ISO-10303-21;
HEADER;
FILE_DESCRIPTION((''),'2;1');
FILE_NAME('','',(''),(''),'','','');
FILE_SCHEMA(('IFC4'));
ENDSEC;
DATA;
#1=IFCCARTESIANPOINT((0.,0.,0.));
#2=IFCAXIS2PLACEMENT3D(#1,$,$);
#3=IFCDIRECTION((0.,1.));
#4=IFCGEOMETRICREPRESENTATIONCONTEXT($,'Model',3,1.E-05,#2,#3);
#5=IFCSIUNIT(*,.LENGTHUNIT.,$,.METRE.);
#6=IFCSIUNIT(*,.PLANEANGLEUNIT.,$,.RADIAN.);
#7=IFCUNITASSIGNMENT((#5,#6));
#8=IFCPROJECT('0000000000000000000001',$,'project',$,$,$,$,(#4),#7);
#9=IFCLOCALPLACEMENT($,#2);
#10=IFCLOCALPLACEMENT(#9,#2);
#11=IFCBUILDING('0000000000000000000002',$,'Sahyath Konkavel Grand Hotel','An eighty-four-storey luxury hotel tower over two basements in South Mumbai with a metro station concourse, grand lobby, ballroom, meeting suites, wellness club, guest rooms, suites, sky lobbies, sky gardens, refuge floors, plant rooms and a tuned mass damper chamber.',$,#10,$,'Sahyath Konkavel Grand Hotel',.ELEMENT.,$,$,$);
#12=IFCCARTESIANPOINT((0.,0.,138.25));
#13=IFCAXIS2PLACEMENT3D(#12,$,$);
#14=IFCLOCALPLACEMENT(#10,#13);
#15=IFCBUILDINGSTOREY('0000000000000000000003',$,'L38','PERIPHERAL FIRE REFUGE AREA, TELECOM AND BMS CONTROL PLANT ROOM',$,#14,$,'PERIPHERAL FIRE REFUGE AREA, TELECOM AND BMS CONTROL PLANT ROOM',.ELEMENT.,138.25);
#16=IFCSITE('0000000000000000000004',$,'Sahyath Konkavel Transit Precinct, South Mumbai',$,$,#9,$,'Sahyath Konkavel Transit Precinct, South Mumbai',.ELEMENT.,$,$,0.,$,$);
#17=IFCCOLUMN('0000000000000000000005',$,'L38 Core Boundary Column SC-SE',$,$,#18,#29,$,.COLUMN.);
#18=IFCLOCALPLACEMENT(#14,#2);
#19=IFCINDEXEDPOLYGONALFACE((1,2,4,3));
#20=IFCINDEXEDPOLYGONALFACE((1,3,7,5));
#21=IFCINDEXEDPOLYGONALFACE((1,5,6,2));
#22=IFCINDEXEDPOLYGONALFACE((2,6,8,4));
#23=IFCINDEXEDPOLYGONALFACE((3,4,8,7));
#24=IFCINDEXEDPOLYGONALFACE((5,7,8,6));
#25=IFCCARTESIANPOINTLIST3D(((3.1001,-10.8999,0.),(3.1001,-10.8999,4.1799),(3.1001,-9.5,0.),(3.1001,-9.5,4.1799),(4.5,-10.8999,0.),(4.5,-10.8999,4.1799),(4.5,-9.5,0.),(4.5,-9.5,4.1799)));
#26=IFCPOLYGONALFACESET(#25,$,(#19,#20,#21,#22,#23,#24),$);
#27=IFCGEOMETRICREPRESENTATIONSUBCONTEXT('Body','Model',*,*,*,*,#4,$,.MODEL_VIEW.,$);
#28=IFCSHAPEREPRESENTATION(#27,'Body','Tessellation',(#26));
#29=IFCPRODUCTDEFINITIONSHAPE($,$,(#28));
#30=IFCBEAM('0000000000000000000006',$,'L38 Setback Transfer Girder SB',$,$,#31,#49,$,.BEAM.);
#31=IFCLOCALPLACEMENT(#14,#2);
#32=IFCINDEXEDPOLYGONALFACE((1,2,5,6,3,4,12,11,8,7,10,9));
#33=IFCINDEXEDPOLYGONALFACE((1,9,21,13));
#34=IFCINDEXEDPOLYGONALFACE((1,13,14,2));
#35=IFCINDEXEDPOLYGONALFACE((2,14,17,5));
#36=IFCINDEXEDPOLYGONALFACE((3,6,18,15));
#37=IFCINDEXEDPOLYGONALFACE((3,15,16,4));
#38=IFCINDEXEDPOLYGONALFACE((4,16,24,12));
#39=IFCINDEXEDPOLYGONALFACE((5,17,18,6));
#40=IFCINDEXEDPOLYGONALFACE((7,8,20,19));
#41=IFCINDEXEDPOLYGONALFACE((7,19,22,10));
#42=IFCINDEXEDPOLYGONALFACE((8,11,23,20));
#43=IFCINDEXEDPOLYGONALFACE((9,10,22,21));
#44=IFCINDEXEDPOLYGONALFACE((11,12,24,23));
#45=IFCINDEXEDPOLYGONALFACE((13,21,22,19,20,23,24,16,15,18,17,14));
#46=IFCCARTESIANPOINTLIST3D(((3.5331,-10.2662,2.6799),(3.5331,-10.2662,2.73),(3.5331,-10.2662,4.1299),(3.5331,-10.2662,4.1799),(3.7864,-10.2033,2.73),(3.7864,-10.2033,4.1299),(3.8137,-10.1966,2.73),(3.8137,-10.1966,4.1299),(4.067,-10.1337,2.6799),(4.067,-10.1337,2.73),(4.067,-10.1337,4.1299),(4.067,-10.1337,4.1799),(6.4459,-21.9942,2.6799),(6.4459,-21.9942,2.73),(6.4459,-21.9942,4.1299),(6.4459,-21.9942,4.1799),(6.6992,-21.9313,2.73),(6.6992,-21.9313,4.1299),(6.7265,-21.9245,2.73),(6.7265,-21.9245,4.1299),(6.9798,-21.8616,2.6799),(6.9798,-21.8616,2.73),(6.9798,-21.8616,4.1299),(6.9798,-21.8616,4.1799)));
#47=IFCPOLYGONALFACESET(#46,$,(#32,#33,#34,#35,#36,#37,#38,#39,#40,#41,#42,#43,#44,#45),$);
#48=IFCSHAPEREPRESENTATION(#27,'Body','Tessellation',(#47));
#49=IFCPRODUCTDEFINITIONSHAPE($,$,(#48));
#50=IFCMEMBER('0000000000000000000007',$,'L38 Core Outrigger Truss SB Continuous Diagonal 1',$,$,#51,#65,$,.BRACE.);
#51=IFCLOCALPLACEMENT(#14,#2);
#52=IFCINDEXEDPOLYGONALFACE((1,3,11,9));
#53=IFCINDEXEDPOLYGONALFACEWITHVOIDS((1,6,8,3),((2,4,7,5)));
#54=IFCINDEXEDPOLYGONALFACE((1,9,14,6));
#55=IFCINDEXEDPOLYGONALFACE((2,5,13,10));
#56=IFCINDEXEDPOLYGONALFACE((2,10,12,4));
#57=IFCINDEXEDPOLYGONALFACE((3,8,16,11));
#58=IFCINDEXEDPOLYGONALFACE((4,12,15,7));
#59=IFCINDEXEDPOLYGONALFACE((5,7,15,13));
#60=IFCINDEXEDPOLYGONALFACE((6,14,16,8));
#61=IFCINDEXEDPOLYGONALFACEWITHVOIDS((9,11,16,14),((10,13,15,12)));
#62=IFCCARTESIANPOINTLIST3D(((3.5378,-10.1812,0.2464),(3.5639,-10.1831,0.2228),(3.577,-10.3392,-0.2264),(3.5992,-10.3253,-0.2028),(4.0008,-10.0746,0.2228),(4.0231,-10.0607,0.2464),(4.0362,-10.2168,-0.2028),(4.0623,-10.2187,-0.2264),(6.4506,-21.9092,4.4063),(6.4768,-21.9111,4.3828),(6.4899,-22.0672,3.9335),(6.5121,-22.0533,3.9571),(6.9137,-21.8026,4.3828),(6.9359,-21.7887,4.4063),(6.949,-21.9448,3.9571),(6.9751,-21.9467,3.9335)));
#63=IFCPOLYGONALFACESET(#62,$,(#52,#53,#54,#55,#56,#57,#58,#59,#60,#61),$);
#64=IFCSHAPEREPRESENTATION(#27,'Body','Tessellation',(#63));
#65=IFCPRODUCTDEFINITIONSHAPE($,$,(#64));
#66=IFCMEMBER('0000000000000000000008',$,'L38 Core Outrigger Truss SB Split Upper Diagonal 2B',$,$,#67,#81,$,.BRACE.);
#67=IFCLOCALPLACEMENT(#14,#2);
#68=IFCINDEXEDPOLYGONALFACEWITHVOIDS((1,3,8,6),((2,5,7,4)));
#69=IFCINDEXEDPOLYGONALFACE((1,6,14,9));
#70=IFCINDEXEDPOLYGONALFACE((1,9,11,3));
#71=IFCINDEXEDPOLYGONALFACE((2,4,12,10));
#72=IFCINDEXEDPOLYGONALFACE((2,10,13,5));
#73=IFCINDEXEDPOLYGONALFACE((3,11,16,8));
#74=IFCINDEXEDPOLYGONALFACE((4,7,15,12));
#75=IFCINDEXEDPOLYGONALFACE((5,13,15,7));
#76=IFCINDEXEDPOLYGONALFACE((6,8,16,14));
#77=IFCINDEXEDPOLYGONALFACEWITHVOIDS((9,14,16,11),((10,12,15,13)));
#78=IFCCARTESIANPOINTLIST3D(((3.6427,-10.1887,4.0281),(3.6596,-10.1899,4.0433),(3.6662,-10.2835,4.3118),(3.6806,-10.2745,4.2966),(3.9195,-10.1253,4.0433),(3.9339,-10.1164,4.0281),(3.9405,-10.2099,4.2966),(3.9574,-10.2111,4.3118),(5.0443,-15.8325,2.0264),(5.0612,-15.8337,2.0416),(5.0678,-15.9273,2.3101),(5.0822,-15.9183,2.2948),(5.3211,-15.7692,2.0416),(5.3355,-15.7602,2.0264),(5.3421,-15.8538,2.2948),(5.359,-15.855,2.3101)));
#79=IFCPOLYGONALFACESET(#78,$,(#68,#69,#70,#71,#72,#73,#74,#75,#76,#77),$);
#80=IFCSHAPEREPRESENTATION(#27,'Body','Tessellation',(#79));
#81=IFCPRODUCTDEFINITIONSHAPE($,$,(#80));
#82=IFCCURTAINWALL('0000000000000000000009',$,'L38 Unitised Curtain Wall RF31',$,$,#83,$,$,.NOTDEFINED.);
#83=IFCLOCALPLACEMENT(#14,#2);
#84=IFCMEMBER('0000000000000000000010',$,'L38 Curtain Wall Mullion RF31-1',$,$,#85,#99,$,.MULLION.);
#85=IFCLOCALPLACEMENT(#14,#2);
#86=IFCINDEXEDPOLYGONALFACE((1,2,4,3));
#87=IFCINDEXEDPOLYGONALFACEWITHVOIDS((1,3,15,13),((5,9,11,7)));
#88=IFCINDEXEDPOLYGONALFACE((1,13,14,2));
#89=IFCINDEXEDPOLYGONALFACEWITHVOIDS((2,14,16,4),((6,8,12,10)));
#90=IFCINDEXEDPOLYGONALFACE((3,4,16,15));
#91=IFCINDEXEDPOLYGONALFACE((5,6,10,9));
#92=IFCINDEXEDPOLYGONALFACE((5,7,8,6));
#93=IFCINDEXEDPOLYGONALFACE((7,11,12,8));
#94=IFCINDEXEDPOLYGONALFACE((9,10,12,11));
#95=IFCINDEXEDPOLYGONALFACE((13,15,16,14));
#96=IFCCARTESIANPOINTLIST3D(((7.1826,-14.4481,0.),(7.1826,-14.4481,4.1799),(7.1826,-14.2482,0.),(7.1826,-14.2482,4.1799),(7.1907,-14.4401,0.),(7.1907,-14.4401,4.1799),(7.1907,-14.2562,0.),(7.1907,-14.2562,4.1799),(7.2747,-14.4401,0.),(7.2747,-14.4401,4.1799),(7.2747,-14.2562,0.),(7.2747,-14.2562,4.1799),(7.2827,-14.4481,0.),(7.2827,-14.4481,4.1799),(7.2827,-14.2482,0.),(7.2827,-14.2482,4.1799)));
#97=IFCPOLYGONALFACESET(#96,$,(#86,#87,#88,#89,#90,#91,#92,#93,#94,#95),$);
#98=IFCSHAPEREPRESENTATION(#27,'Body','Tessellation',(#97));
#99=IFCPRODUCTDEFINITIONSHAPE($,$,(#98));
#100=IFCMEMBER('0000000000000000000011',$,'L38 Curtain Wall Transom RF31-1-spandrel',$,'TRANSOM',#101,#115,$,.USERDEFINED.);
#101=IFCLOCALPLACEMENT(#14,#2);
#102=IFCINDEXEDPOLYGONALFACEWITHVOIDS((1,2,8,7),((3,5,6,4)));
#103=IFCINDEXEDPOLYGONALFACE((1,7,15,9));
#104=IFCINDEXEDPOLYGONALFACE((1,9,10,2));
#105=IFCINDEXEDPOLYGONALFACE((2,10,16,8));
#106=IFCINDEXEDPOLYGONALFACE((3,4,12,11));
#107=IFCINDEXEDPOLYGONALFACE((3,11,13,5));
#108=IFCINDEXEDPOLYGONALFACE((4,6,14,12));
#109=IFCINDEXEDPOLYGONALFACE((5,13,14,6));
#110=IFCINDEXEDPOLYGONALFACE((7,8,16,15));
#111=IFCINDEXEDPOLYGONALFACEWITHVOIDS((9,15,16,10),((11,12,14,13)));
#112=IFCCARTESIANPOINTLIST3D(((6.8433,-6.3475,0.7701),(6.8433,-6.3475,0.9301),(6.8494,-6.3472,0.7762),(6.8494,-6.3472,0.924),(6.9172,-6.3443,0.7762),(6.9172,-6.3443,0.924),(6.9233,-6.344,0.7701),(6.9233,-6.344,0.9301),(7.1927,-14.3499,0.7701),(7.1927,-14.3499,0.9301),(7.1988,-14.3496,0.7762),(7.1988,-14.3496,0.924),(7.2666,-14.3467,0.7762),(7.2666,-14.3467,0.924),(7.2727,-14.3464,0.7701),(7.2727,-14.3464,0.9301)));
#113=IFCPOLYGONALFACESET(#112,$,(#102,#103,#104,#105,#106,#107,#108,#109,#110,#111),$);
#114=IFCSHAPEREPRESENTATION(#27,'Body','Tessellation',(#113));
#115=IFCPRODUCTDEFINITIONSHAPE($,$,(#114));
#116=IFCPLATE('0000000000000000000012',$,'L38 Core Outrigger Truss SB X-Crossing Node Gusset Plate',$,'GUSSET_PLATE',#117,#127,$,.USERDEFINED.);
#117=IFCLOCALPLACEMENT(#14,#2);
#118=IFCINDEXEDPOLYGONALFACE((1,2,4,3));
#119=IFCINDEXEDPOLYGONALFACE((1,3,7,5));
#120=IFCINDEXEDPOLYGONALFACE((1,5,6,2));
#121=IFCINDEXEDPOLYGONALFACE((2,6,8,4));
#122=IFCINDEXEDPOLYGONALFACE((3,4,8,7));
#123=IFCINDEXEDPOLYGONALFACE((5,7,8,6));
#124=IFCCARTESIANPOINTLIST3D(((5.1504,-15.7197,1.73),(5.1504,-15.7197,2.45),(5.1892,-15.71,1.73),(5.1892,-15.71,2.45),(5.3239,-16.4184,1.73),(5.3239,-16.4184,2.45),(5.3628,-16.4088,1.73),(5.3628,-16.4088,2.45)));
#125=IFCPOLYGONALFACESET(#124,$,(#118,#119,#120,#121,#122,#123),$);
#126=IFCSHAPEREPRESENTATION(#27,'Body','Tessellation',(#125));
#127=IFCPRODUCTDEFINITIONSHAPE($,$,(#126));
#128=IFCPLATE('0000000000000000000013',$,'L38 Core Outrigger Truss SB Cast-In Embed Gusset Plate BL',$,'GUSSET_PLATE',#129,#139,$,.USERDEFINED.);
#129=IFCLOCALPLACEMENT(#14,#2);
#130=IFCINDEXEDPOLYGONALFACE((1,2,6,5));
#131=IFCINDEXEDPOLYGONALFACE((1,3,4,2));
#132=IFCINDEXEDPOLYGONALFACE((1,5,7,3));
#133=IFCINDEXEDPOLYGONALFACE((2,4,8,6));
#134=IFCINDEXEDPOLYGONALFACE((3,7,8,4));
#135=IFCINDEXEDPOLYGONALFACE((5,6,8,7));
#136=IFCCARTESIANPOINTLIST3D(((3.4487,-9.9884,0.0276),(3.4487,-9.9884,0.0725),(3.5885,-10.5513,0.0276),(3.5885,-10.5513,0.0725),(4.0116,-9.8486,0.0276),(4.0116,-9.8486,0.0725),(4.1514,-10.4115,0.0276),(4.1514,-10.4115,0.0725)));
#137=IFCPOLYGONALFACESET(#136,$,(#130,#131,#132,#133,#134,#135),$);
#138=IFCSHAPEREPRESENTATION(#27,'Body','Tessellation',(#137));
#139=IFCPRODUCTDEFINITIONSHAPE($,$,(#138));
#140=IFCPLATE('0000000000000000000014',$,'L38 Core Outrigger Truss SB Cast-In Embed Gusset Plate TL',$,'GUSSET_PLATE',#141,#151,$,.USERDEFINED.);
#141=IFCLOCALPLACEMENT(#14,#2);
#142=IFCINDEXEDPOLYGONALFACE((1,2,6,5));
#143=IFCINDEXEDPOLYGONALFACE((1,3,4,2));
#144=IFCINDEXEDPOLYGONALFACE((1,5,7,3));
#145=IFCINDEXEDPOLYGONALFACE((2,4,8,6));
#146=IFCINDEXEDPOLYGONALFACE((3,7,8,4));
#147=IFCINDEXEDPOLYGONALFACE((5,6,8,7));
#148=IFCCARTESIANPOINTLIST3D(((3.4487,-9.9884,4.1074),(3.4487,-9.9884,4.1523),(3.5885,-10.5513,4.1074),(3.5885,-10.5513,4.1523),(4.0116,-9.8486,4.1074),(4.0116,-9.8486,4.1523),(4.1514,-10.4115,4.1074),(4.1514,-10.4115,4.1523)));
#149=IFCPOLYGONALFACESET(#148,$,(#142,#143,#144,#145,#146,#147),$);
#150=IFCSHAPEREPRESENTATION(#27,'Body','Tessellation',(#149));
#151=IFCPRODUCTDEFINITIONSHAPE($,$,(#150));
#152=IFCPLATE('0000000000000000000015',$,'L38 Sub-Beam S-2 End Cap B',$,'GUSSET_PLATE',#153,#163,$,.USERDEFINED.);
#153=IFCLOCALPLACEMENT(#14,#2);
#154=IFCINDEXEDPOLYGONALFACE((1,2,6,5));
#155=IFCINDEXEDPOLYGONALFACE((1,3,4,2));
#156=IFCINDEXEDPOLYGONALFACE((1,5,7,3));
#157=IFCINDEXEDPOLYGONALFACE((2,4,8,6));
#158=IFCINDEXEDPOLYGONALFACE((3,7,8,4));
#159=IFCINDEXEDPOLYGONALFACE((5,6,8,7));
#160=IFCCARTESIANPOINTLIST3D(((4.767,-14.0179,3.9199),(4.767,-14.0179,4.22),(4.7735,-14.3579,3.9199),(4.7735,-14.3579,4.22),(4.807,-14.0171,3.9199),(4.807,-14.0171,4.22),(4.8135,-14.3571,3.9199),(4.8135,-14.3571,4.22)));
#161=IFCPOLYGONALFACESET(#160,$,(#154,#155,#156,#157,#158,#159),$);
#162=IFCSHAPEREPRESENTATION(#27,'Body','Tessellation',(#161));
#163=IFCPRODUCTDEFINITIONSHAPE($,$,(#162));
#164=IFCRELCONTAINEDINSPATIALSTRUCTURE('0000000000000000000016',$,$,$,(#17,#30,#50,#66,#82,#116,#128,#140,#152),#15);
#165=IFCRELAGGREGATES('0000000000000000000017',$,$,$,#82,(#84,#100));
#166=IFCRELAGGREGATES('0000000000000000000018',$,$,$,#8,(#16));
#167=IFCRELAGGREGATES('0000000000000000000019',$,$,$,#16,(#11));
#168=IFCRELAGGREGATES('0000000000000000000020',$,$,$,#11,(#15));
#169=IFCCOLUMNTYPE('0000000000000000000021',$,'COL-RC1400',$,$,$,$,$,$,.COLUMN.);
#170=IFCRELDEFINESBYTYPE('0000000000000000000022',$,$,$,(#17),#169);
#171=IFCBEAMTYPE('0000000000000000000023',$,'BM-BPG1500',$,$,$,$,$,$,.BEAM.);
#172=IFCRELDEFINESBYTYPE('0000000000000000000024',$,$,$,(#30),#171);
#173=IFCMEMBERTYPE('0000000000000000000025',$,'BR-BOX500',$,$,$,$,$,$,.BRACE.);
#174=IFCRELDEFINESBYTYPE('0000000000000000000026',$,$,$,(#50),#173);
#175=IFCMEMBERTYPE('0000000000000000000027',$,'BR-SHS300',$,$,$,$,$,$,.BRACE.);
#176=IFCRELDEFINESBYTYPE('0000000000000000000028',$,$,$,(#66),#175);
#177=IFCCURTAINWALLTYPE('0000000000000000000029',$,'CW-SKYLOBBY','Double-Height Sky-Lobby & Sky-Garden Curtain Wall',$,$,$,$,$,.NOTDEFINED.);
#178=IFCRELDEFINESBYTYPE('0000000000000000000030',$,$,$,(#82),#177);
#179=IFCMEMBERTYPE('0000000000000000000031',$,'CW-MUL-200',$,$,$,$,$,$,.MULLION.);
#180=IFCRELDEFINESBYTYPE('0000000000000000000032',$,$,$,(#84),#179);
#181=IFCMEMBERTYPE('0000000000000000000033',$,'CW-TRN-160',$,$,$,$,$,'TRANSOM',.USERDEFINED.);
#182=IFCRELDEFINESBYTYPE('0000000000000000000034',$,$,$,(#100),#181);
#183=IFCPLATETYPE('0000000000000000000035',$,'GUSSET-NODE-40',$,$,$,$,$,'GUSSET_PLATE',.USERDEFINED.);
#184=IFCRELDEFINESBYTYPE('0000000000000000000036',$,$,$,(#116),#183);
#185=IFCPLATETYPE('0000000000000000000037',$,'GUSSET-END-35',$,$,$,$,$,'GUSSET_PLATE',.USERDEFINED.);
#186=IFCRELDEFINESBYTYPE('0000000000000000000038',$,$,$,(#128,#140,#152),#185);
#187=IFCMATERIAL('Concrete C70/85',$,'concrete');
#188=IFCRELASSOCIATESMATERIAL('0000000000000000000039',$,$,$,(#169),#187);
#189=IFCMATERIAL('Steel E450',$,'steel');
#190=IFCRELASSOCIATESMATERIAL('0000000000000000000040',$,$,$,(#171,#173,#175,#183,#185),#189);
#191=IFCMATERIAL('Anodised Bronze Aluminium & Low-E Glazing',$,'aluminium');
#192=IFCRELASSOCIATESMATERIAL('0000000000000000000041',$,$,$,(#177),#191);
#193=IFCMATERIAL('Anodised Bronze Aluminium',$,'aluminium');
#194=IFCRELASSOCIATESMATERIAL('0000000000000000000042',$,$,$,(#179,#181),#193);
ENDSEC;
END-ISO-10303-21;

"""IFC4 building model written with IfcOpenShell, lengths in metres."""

from ifc_helpers import new_model, si_unit, direction, frame, origin, origin_2d, place, context, subcontext, project, spatial, rectangle, hollow_rectangle, i_section, extrude, source, transform, mapped, material, material_profile, profile_set, type_object, element, aggregate, save


model = new_model("IFC4")

# Units and contexts
model_context = context("Model", 3, precision=1e-05, world=origin(), true_north=direction((0.0, 1.0)))
body_context = subcontext(model_context, "Body", "Model", "MODEL_VIEW")
ifc_project = project(units=[si_unit("LENGTHUNIT", "METRE"), si_unit("PLANEANGLEUNIT", "RADIAN")], contexts=[model_context])

# Site, building, storey
site_placement = place(None, origin())
site = spatial("IfcSite", under=ifc_project, at=site_placement, Name="Sahyath Konkavel Transit Precinct, South Mumbai", LongName="Sahyath Konkavel Transit Precinct, South Mumbai", CompositionType="ELEMENT", RefElevation=0.0)
building_placement = place(site_placement, origin())
building = spatial("IfcBuilding", under=site, at=building_placement, Name="Sahyath Konkavel Grand Hotel", Description="An eighty-four-storey luxury hotel tower over two basements in South Mumbai with a metro station concourse, grand lobby, ballroom, meeting suites, wellness club, guest rooms, suites, sky lobbies, sky gardens, refuge floors, plant rooms and a tuned mass damper chamber.", LongName="Sahyath Konkavel Grand Hotel", CompositionType="ELEMENT")
storey_placement = place(building_placement, frame((0.0, 0.0, 138.25)))
storey = spatial("IfcBuildingStorey", under=building, at=storey_placement, Name="L38", Description="PERIPHERAL FIRE REFUGE AREA, TELECOM AND BMS CONTROL PLANT ROOM", LongName="PERIPHERAL FIRE REFUGE AREA, TELECOM AND BMS CONTROL PLANT ROOM", CompositionType="ELEMENT", Elevation=138.25)

# Column
ifc_material_1 = material(Name="Concrete C70/85", Category="concrete")
ifc_material_profile_1 = material_profile(ifc_material_1, rectangle(XDim=1.3999, YDim=1.3999, at=origin_2d()), Name="RC 1400x1400")
ifc_profile_set_1 = profile_set([ifc_material_profile_1], Name="Concrete C70/85")
column_type = type_object("IfcColumnType", Name="COL-RC1400", PredefinedType="COLUMN", material=ifc_profile_set_1)
shared_shape_1 = source(origin(), body_context, "Body", "SweptSolid", [
    extrude(rectangle(XDim=1.3999, YDim=1.3999, at=origin_2d()), origin(), (0.0, 0.0, 1.0), 4.1799),
])
column_placement = place(storey_placement, frame((3.8, -10.2, 0.0), z_axis=(0.0, 0.0, 1.0), x_axis=(1.0, 0.0, 0.0)))
element("IfcColumn", 1, at=column_placement, inside=storey, type_object=column_type, Name="L38 Core Boundary Column SC-SE", PredefinedType="COLUMN", context=body_context, shape_type="MappedRepresentation", body=[
    mapped(shared_shape_1, transform((0.0, 0.0, 0.0), scale=1.0)),
])

# Beam
ifc_material_2 = material(Name="Steel E450", Category="steel")
ifc_material_profile_2 = material_profile(ifc_material_2, i_section(OverallWidth=0.55, OverallDepth=1.5, WebThickness=0.0281, FlangeThickness=0.05, at=origin_2d()), Name="BPG 1500x550")
ifc_profile_set_2 = profile_set([ifc_material_profile_2], Name="Steel E450")
beam_type = type_object("IfcBeamType", Name="BM-BPG1500", PredefinedType="BEAM", material=ifc_profile_set_2)
shared_shape_2 = source(origin(), body_context, "Body", "SweptSolid", [
    extrude(i_section(OverallWidth=0.55, OverallDepth=1.5, WebThickness=0.0281, FlangeThickness=0.05, at=origin_2d()), origin(), (0.0, 0.0, 1.0), 12.0842),
])
beam_placement = place(storey_placement, frame((3.8, -10.2, 3.4299), z_axis=(0.241043, -0.970515, 0.0), x_axis=(0.970515, 0.241043, 0.0)))
element("IfcBeam", 2, at=beam_placement, inside=storey, type_object=beam_type, Name="L38 Setback Transfer Girder SB", PredefinedType="BEAM", context=body_context, shape_type="MappedRepresentation", body=[
    mapped(shared_shape_2, transform((0.0, 0.0, 0.0), scale=1.0)),
])

# Members
ifc_material_profile_3 = material_profile(ifc_material_2, hollow_rectangle(XDim=0.5, YDim=0.5, WallThickness=0.0249, at=origin_2d()), Name="BOX 500x500x25")
ifc_profile_set_3 = profile_set([ifc_material_profile_3], Name="Steel E450")
member_type_1 = type_object("IfcMemberType", Name="BR-BOX500", PredefinedType="BRACE", material=ifc_profile_set_3)
shared_shape_3 = source(origin(), body_context, "Body", "SweptSolid", [
    extrude(hollow_rectangle(XDim=0.5, YDim=0.5, WallThickness=0.0249, at=origin_2d()), origin(), (0.0, 0.0, 1.0), 12.7803),
])
member_1_placement = place(storey_placement, frame((3.8, -10.2, 0.01), z_axis=(0.227916, -0.917664, 0.325494), x_axis=(0.970515, 0.241043, 0.0)))
element("IfcMember", 3, at=member_1_placement, inside=storey, type_object=member_type_1, Name="L38 Core Outrigger Truss SB Continuous Diagonal 1", PredefinedType="BRACE", context=body_context, shape_type="MappedRepresentation", body=[
    mapped(shared_shape_3, transform((0.0, 0.0, 0.0), scale=1.0)),
])
ifc_material_profile_4 = material_profile(ifc_material_2, hollow_rectangle(XDim=0.3, YDim=0.3, WallThickness=0.0161, at=origin_2d()), Name="SHS 300x300x16")
ifc_profile_set_4 = profile_set([ifc_material_profile_4], Name="Steel E450")
member_type_2 = type_object("IfcMemberType", Name="BR-SHS300", PredefinedType="BRACE", material=ifc_profile_set_4)
shared_shape_4 = source(origin(), body_context, "Body", "SweptSolid", [
    extrude(hollow_rectangle(XDim=0.3, YDim=0.3, WallThickness=0.0161, at=origin_2d()), origin(), (0.0, 0.0, 1.0), 6.1501),
])
member_2_placement = place(storey_placement, frame((5.2017, -15.8438, 2.1682), z_axis=(-0.2279, 0.917675, 0.325475), x_axis=(-0.970519, -0.241024, 0.0)))
element("IfcMember", 4, at=member_2_placement, inside=storey, type_object=member_type_2, Name="L38 Core Outrigger Truss SB Split Upper Diagonal 2B", PredefinedType="BRACE", context=body_context, shape_type="MappedRepresentation", body=[
    mapped(shared_shape_4, transform((0.0, 0.0, 0.0), scale=1.0)),
])

# Curtain wall, members
ifc_material_3 = material(Name="Anodised Bronze Aluminium & Low-E Glazing", Category="aluminium")
curtain_wall_type = type_object("IfcCurtainWallType", Name="CW-SKYLOBBY", Description="Double-Height Sky-Lobby & Sky-Garden Curtain Wall", PredefinedType="NOTDEFINED", material=ifc_material_3)
curtain_wall_placement = place(storey_placement, origin())
curtain_wall = element("IfcCurtainWall", 5, at=curtain_wall_placement, inside=storey, type_object=curtain_wall_type, Name="L38 Unitised Curtain Wall RF31", PredefinedType="NOTDEFINED")
ifc_material_4 = material(Name="Anodised Bronze Aluminium", Category="aluminium")
ifc_material_profile_5 = material_profile(ifc_material_4, hollow_rectangle(XDim=0.1001, YDim=0.2, WallThickness=0.0081, at=origin_2d()), Name="RHS 200x100x8")
ifc_profile_set_5 = profile_set([ifc_material_profile_5], Name="Anodised Bronze Aluminium")
member_type_3 = type_object("IfcMemberType", Name="CW-MUL-200", PredefinedType="MULLION", material=ifc_profile_set_5)
shared_shape_5 = source(origin(), body_context, "Body", "SweptSolid", [
    extrude(hollow_rectangle(XDim=0.1001, YDim=0.2, WallThickness=0.0081, at=origin_2d()), origin(), (0.0, 0.0, 1.0), 4.1799),
])
member_3_placement = place(storey_placement, frame((7.2327, -14.3481, 0.0), z_axis=(0.0, 0.0, 1.0), x_axis=(1.0, 0.0, 0.0)))
member_3 = element("IfcMember", 6, at=member_3_placement, type_object=member_type_3, Name="L38 Curtain Wall Mullion RF31-1", PredefinedType="MULLION", context=body_context, shape_type="MappedRepresentation", body=[
    mapped(shared_shape_5, transform((0.0, 0.0, 0.0), scale=1.0)),
])
ifc_material_profile_6 = material_profile(ifc_material_4, hollow_rectangle(XDim=0.0801, YDim=0.1599, WallThickness=0.0061, at=origin_2d()), Name="RHS 160x80x6")
ifc_profile_set_6 = profile_set([ifc_material_profile_6], Name="Anodised Bronze Aluminium")
member_type_4 = type_object("IfcMemberType", Name="CW-TRN-160", ElementType="TRANSOM", PredefinedType="USERDEFINED", material=ifc_profile_set_6)
shared_shape_6 = source(origin(), body_context, "Body", "SweptSolid", [
    extrude(hollow_rectangle(XDim=0.0801, YDim=0.1599, WallThickness=0.0061, at=origin_2d()), origin(), (0.0, 0.0, 1.0), 8.01),
])
member_4_placement = place(storey_placement, frame((7.2327, -14.3481, 0.8501), z_axis=(-0.043616, 0.999048, 0.0), x_axis=(-0.999048, -0.043616, 0.0)))
member_4 = element("IfcMember", 7, at=member_4_placement, type_object=member_type_4, Name="L38 Curtain Wall Transom RF31-1-spandrel", ObjectType="TRANSOM", PredefinedType="USERDEFINED", context=body_context, shape_type="MappedRepresentation", body=[
    mapped(shared_shape_6, transform((0.0, 0.0, 0.0), scale=1.0)),
])

# Plates
plate_type_1 = type_object("IfcPlateType", Name="GUSSET-NODE-40", ElementType="GUSSET_PLATE", PredefinedType="USERDEFINED", material=ifc_material_2)
shared_shape_7 = source(origin(), body_context, "Body", "SweptSolid", [
    extrude(rectangle(XDim=0.72, YDim=0.04, at=origin_2d()), origin(), (0.0, 0.0, 1.0), 0.72),
])
plate_1_placement = place(storey_placement, frame((5.2566, -16.0642, 1.73), z_axis=(0.0, 0.0, 1.0), x_axis=(0.241041, -0.970515, 0.0)))
element("IfcPlate", 8, at=plate_1_placement, inside=storey, type_object=plate_type_1, Name="L38 Core Outrigger Truss SB X-Crossing Node Gusset Plate", ObjectType="GUSSET_PLATE", PredefinedType="USERDEFINED", context=body_context, shape_type="MappedRepresentation", body=[
    mapped(shared_shape_7, transform((0.0, 0.0, 0.0), scale=1.0)),
])
plate_type_2 = type_object("IfcPlateType", Name="GUSSET-END-35", ElementType="GUSSET_PLATE", PredefinedType="USERDEFINED", material=ifc_material_2)
shared_shape_8 = source(origin(), body_context, "Body", "SweptSolid", [
    extrude(rectangle(XDim=0.5801, YDim=0.5801, at=origin_2d()), origin(), (0.0, 0.0, 1.0), 0.0449),
])
for number, where, z_axis, x_axis, name in (
    (9, (3.8, -10.2, 0.0276), (0.0, 0.0, 1.0), (0.241041, -0.970515, 0.0), "L38 Core Outrigger Truss SB Cast-In Embed Gusset Plate BL"),
    (10, (3.8, -10.2, 4.1074), (0.0, 0.0, 1.0), (0.241041, -0.970515, 0.0), "L38 Core Outrigger Truss SB Cast-In Embed Gusset Plate TL"),
):
    element("IfcPlate", number, at=place(storey_placement, frame(where, z_axis=z_axis, x_axis=x_axis)), inside=storey, type_object=plate_type_2, Name=name, ObjectType="GUSSET_PLATE", PredefinedType="USERDEFINED", context=body_context, shape_type="MappedRepresentation", body=[
        mapped(shared_shape_8, transform((0.0, 0.0, 0.0), scale=1.0)),
    ])
shared_shape_9 = source(origin(), body_context, "Body", "SweptSolid", [
    extrude(rectangle(XDim=0.04, YDim=0.3401, at=origin_2d()), origin(), (0.0, 0.0, 1.0), 0.3),
])
plate_2_placement = place(storey_placement, frame((4.7903, -14.1875, 3.9199), z_axis=(0.0, 0.0, 1.0), x_axis=(0.999817, 0.01911, 0.0)))
element("IfcPlate", 11, at=plate_2_placement, inside=storey, type_object=plate_type_2, Name="L38 Sub-Beam S-2 End Cap B", ObjectType="GUSSET_PLATE", PredefinedType="USERDEFINED", context=body_context, shape_type="MappedRepresentation", body=[
    mapped(shared_shape_9, transform((0.0, 0.0, 0.0), scale=1.0)),
])

aggregate(curtain_wall, [member_3, member_4])

save(model, "model.ifc")
